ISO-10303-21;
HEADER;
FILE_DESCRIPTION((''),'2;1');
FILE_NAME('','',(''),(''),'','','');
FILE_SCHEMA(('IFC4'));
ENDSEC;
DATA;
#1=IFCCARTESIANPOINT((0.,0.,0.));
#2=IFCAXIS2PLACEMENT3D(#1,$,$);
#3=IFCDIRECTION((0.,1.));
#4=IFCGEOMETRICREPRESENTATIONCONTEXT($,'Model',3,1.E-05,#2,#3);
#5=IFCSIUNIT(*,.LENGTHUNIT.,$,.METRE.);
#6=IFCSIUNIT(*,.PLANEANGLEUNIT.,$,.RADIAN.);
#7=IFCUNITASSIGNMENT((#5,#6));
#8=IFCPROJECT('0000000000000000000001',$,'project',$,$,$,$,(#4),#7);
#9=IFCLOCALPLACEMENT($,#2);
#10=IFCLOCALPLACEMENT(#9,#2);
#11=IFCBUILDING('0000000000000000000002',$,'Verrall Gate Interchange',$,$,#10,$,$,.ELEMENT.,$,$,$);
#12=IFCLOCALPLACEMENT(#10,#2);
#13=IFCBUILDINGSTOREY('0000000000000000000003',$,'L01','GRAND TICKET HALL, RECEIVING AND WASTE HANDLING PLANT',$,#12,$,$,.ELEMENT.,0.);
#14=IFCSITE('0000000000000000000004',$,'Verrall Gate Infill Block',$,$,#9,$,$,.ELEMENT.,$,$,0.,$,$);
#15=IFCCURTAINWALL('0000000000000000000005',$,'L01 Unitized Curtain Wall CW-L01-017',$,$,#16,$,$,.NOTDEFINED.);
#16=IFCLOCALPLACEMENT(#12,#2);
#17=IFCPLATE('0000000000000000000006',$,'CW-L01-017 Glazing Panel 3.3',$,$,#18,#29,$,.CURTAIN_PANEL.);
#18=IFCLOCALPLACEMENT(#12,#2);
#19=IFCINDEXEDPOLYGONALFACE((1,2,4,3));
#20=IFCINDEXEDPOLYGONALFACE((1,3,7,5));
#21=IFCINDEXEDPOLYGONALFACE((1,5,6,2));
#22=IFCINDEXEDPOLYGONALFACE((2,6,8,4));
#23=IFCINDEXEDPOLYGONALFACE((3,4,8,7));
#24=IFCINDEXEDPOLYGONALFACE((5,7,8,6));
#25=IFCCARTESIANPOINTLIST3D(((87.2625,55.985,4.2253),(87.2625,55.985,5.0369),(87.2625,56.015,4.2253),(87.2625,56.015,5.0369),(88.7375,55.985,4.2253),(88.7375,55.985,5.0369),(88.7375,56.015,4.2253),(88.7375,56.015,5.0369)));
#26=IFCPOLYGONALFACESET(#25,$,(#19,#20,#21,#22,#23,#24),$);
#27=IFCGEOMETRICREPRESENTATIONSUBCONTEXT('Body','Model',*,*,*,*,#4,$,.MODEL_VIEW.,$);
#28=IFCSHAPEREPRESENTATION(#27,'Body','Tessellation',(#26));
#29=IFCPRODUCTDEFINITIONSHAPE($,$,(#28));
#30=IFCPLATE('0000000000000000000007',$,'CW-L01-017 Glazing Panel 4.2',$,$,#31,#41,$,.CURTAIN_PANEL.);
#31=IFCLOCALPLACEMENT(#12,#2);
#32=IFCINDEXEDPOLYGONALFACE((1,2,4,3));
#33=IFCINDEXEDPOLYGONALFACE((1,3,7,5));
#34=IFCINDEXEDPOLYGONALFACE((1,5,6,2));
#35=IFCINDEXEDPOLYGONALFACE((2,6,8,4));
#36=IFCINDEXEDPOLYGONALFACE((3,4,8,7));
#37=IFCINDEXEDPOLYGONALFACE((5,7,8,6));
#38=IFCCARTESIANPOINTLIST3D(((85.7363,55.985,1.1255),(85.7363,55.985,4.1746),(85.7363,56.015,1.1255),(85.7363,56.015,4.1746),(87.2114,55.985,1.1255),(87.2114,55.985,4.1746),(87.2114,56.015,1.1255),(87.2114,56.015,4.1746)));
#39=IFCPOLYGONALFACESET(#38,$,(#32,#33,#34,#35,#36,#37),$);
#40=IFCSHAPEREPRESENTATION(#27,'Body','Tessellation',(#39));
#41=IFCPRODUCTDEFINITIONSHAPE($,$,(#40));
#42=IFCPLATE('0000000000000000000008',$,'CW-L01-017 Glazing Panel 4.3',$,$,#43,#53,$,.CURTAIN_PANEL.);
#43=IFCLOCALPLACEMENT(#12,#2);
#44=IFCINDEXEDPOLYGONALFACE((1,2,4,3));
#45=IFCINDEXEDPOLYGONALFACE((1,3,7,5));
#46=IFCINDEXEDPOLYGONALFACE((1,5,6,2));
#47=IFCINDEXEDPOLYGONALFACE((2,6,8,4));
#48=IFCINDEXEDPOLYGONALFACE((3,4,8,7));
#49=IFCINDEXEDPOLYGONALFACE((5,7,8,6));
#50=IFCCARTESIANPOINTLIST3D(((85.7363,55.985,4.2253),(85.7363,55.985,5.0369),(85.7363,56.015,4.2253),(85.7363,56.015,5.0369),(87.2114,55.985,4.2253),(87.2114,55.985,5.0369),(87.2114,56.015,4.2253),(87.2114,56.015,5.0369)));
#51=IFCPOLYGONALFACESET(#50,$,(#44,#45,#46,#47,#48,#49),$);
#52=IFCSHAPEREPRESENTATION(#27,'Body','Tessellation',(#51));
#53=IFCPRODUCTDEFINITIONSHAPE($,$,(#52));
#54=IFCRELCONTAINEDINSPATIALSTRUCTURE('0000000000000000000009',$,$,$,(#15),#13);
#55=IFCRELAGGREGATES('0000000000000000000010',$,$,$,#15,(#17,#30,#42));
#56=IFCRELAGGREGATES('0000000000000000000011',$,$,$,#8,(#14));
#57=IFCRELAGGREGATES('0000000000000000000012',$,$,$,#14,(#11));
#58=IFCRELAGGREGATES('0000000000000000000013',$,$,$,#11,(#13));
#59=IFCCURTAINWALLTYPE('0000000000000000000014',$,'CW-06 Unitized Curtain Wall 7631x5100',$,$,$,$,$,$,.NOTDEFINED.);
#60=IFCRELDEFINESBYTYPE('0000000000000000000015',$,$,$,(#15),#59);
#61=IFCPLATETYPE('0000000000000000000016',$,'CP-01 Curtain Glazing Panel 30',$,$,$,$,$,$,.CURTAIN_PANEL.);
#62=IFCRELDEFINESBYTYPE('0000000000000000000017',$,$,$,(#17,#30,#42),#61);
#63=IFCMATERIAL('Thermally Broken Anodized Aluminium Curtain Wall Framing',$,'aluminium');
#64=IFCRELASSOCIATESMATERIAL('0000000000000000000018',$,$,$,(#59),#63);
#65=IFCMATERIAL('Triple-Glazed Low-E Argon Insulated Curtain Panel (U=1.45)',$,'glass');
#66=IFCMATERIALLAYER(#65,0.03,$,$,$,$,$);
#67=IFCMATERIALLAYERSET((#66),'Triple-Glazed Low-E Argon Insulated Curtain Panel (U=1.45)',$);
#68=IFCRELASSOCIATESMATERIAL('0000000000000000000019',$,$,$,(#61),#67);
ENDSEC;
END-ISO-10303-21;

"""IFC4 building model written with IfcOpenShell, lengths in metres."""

from ifc_helpers import new_model, si_unit, direction, frame, origin, origin_2d, place, context, subcontext, project, spatial, rectangle, extrude, material, layer, layer_set, type_object, element, aggregate, save


model = new_model("IFC4")

# Units and contexts
model_context = context("Model", 3, precision=1e-05, world=origin(), true_north=direction((0.0, 1.0)))
body_context = subcontext(model_context, "Body", "Model", "MODEL_VIEW")
ifc_project = project(units=[si_unit("LENGTHUNIT", "METRE"), si_unit("PLANEANGLEUNIT", "RADIAN")], contexts=[model_context])

# Site, building, storey
site_placement = place(None, origin())
site = spatial("IfcSite", under=ifc_project, at=site_placement, Name="Verrall Gate Infill Block", CompositionType="ELEMENT", RefElevation=0.0)
building_placement = place(site_placement, origin())
building = spatial("IfcBuilding", under=site, at=building_placement, Name="Verrall Gate Interchange", CompositionType="ELEMENT")
storey_placement = place(building_placement, origin())
storey = spatial("IfcBuildingStorey", under=building, at=storey_placement, Name="L01", Description="GRAND TICKET HALL, RECEIVING AND WASTE HANDLING PLANT", CompositionType="ELEMENT", Elevation=0.0)

# Curtain wall
ifc_material_1 = material(Name="Thermally Broken Anodized Aluminium Curtain Wall Framing", Category="aluminium")
curtain_wall_type = type_object("IfcCurtainWallType", Name="CW-06 Unitized Curtain Wall 7631x5100", PredefinedType="NOTDEFINED", material=ifc_material_1)
curtain_wall_placement = place(storey_placement, origin())
curtain_wall = element("IfcCurtainWall", 1, at=curtain_wall_placement, inside=storey, type_object=curtain_wall_type, Name="L01 Unitized Curtain Wall CW-L01-017", PredefinedType="NOTDEFINED")

# Plates
ifc_material_2 = material(Name="Triple-Glazed Low-E Argon Insulated Curtain Panel (U=1.45)", Category="glass")
ifc_layer_1 = layer(ifc_material_2, 0.03)
ifc_layer_set_1 = layer_set([ifc_layer_1], Name="Triple-Glazed Low-E Argon Insulated Curtain Panel (U=1.45)")
plate_type_1 = type_object("IfcPlateType", Name="CP-01 Curtain Glazing Panel 30", PredefinedType="CURTAIN_PANEL", material=ifc_layer_set_1)
plate_1_placement = place(storey_placement, frame((88.0, 56.0, 4.2253), z_axis=(0.0, 0.0, 1.0), x_axis=(-1.0, 0.0, 0.0)))
plate_1 = element("IfcPlate", 2, at=plate_1_placement, type_object=plate_type_1, Name="CW-L01-017 Glazing Panel 3.3", PredefinedType="CURTAIN_PANEL", context=body_context, shape_type="SweptSolid", body=[
    extrude(rectangle(XDim=1.4751, YDim=0.03, at=origin_2d()), origin(), (0.0, 0.0, 1.0), 0.8115),
])
plate_2_placement = place(storey_placement, frame((86.4739, 56.0, 1.1255), z_axis=(0.0, 0.0, 1.0), x_axis=(-1.0, 0.0, 0.0)))
plate_2 = element("IfcPlate", 3, at=plate_2_placement, type_object=plate_type_1, Name="CW-L01-017 Glazing Panel 4.2", PredefinedType="CURTAIN_PANEL", context=body_context, shape_type="SweptSolid", body=[
    extrude(rectangle(XDim=1.4751, YDim=0.03, at=origin_2d()), origin(), (0.0, 0.0, 1.0), 3.0491),
])
plate_3_placement = place(storey_placement, frame((86.4739, 56.0, 4.2253), z_axis=(0.0, 0.0, 1.0), x_axis=(-1.0, 0.0, 0.0)))
plate_3 = element("IfcPlate", 4, at=plate_3_placement, type_object=plate_type_1, Name="CW-L01-017 Glazing Panel 4.3", PredefinedType="CURTAIN_PANEL", context=body_context, shape_type="SweptSolid", body=[
    extrude(rectangle(XDim=1.4751, YDim=0.03, at=origin_2d()), origin(), (0.0, 0.0, 1.0), 0.8115),
])
aggregate(curtain_wall, [plate_1, plate_2, plate_3])

save(model, "model.ifc")
